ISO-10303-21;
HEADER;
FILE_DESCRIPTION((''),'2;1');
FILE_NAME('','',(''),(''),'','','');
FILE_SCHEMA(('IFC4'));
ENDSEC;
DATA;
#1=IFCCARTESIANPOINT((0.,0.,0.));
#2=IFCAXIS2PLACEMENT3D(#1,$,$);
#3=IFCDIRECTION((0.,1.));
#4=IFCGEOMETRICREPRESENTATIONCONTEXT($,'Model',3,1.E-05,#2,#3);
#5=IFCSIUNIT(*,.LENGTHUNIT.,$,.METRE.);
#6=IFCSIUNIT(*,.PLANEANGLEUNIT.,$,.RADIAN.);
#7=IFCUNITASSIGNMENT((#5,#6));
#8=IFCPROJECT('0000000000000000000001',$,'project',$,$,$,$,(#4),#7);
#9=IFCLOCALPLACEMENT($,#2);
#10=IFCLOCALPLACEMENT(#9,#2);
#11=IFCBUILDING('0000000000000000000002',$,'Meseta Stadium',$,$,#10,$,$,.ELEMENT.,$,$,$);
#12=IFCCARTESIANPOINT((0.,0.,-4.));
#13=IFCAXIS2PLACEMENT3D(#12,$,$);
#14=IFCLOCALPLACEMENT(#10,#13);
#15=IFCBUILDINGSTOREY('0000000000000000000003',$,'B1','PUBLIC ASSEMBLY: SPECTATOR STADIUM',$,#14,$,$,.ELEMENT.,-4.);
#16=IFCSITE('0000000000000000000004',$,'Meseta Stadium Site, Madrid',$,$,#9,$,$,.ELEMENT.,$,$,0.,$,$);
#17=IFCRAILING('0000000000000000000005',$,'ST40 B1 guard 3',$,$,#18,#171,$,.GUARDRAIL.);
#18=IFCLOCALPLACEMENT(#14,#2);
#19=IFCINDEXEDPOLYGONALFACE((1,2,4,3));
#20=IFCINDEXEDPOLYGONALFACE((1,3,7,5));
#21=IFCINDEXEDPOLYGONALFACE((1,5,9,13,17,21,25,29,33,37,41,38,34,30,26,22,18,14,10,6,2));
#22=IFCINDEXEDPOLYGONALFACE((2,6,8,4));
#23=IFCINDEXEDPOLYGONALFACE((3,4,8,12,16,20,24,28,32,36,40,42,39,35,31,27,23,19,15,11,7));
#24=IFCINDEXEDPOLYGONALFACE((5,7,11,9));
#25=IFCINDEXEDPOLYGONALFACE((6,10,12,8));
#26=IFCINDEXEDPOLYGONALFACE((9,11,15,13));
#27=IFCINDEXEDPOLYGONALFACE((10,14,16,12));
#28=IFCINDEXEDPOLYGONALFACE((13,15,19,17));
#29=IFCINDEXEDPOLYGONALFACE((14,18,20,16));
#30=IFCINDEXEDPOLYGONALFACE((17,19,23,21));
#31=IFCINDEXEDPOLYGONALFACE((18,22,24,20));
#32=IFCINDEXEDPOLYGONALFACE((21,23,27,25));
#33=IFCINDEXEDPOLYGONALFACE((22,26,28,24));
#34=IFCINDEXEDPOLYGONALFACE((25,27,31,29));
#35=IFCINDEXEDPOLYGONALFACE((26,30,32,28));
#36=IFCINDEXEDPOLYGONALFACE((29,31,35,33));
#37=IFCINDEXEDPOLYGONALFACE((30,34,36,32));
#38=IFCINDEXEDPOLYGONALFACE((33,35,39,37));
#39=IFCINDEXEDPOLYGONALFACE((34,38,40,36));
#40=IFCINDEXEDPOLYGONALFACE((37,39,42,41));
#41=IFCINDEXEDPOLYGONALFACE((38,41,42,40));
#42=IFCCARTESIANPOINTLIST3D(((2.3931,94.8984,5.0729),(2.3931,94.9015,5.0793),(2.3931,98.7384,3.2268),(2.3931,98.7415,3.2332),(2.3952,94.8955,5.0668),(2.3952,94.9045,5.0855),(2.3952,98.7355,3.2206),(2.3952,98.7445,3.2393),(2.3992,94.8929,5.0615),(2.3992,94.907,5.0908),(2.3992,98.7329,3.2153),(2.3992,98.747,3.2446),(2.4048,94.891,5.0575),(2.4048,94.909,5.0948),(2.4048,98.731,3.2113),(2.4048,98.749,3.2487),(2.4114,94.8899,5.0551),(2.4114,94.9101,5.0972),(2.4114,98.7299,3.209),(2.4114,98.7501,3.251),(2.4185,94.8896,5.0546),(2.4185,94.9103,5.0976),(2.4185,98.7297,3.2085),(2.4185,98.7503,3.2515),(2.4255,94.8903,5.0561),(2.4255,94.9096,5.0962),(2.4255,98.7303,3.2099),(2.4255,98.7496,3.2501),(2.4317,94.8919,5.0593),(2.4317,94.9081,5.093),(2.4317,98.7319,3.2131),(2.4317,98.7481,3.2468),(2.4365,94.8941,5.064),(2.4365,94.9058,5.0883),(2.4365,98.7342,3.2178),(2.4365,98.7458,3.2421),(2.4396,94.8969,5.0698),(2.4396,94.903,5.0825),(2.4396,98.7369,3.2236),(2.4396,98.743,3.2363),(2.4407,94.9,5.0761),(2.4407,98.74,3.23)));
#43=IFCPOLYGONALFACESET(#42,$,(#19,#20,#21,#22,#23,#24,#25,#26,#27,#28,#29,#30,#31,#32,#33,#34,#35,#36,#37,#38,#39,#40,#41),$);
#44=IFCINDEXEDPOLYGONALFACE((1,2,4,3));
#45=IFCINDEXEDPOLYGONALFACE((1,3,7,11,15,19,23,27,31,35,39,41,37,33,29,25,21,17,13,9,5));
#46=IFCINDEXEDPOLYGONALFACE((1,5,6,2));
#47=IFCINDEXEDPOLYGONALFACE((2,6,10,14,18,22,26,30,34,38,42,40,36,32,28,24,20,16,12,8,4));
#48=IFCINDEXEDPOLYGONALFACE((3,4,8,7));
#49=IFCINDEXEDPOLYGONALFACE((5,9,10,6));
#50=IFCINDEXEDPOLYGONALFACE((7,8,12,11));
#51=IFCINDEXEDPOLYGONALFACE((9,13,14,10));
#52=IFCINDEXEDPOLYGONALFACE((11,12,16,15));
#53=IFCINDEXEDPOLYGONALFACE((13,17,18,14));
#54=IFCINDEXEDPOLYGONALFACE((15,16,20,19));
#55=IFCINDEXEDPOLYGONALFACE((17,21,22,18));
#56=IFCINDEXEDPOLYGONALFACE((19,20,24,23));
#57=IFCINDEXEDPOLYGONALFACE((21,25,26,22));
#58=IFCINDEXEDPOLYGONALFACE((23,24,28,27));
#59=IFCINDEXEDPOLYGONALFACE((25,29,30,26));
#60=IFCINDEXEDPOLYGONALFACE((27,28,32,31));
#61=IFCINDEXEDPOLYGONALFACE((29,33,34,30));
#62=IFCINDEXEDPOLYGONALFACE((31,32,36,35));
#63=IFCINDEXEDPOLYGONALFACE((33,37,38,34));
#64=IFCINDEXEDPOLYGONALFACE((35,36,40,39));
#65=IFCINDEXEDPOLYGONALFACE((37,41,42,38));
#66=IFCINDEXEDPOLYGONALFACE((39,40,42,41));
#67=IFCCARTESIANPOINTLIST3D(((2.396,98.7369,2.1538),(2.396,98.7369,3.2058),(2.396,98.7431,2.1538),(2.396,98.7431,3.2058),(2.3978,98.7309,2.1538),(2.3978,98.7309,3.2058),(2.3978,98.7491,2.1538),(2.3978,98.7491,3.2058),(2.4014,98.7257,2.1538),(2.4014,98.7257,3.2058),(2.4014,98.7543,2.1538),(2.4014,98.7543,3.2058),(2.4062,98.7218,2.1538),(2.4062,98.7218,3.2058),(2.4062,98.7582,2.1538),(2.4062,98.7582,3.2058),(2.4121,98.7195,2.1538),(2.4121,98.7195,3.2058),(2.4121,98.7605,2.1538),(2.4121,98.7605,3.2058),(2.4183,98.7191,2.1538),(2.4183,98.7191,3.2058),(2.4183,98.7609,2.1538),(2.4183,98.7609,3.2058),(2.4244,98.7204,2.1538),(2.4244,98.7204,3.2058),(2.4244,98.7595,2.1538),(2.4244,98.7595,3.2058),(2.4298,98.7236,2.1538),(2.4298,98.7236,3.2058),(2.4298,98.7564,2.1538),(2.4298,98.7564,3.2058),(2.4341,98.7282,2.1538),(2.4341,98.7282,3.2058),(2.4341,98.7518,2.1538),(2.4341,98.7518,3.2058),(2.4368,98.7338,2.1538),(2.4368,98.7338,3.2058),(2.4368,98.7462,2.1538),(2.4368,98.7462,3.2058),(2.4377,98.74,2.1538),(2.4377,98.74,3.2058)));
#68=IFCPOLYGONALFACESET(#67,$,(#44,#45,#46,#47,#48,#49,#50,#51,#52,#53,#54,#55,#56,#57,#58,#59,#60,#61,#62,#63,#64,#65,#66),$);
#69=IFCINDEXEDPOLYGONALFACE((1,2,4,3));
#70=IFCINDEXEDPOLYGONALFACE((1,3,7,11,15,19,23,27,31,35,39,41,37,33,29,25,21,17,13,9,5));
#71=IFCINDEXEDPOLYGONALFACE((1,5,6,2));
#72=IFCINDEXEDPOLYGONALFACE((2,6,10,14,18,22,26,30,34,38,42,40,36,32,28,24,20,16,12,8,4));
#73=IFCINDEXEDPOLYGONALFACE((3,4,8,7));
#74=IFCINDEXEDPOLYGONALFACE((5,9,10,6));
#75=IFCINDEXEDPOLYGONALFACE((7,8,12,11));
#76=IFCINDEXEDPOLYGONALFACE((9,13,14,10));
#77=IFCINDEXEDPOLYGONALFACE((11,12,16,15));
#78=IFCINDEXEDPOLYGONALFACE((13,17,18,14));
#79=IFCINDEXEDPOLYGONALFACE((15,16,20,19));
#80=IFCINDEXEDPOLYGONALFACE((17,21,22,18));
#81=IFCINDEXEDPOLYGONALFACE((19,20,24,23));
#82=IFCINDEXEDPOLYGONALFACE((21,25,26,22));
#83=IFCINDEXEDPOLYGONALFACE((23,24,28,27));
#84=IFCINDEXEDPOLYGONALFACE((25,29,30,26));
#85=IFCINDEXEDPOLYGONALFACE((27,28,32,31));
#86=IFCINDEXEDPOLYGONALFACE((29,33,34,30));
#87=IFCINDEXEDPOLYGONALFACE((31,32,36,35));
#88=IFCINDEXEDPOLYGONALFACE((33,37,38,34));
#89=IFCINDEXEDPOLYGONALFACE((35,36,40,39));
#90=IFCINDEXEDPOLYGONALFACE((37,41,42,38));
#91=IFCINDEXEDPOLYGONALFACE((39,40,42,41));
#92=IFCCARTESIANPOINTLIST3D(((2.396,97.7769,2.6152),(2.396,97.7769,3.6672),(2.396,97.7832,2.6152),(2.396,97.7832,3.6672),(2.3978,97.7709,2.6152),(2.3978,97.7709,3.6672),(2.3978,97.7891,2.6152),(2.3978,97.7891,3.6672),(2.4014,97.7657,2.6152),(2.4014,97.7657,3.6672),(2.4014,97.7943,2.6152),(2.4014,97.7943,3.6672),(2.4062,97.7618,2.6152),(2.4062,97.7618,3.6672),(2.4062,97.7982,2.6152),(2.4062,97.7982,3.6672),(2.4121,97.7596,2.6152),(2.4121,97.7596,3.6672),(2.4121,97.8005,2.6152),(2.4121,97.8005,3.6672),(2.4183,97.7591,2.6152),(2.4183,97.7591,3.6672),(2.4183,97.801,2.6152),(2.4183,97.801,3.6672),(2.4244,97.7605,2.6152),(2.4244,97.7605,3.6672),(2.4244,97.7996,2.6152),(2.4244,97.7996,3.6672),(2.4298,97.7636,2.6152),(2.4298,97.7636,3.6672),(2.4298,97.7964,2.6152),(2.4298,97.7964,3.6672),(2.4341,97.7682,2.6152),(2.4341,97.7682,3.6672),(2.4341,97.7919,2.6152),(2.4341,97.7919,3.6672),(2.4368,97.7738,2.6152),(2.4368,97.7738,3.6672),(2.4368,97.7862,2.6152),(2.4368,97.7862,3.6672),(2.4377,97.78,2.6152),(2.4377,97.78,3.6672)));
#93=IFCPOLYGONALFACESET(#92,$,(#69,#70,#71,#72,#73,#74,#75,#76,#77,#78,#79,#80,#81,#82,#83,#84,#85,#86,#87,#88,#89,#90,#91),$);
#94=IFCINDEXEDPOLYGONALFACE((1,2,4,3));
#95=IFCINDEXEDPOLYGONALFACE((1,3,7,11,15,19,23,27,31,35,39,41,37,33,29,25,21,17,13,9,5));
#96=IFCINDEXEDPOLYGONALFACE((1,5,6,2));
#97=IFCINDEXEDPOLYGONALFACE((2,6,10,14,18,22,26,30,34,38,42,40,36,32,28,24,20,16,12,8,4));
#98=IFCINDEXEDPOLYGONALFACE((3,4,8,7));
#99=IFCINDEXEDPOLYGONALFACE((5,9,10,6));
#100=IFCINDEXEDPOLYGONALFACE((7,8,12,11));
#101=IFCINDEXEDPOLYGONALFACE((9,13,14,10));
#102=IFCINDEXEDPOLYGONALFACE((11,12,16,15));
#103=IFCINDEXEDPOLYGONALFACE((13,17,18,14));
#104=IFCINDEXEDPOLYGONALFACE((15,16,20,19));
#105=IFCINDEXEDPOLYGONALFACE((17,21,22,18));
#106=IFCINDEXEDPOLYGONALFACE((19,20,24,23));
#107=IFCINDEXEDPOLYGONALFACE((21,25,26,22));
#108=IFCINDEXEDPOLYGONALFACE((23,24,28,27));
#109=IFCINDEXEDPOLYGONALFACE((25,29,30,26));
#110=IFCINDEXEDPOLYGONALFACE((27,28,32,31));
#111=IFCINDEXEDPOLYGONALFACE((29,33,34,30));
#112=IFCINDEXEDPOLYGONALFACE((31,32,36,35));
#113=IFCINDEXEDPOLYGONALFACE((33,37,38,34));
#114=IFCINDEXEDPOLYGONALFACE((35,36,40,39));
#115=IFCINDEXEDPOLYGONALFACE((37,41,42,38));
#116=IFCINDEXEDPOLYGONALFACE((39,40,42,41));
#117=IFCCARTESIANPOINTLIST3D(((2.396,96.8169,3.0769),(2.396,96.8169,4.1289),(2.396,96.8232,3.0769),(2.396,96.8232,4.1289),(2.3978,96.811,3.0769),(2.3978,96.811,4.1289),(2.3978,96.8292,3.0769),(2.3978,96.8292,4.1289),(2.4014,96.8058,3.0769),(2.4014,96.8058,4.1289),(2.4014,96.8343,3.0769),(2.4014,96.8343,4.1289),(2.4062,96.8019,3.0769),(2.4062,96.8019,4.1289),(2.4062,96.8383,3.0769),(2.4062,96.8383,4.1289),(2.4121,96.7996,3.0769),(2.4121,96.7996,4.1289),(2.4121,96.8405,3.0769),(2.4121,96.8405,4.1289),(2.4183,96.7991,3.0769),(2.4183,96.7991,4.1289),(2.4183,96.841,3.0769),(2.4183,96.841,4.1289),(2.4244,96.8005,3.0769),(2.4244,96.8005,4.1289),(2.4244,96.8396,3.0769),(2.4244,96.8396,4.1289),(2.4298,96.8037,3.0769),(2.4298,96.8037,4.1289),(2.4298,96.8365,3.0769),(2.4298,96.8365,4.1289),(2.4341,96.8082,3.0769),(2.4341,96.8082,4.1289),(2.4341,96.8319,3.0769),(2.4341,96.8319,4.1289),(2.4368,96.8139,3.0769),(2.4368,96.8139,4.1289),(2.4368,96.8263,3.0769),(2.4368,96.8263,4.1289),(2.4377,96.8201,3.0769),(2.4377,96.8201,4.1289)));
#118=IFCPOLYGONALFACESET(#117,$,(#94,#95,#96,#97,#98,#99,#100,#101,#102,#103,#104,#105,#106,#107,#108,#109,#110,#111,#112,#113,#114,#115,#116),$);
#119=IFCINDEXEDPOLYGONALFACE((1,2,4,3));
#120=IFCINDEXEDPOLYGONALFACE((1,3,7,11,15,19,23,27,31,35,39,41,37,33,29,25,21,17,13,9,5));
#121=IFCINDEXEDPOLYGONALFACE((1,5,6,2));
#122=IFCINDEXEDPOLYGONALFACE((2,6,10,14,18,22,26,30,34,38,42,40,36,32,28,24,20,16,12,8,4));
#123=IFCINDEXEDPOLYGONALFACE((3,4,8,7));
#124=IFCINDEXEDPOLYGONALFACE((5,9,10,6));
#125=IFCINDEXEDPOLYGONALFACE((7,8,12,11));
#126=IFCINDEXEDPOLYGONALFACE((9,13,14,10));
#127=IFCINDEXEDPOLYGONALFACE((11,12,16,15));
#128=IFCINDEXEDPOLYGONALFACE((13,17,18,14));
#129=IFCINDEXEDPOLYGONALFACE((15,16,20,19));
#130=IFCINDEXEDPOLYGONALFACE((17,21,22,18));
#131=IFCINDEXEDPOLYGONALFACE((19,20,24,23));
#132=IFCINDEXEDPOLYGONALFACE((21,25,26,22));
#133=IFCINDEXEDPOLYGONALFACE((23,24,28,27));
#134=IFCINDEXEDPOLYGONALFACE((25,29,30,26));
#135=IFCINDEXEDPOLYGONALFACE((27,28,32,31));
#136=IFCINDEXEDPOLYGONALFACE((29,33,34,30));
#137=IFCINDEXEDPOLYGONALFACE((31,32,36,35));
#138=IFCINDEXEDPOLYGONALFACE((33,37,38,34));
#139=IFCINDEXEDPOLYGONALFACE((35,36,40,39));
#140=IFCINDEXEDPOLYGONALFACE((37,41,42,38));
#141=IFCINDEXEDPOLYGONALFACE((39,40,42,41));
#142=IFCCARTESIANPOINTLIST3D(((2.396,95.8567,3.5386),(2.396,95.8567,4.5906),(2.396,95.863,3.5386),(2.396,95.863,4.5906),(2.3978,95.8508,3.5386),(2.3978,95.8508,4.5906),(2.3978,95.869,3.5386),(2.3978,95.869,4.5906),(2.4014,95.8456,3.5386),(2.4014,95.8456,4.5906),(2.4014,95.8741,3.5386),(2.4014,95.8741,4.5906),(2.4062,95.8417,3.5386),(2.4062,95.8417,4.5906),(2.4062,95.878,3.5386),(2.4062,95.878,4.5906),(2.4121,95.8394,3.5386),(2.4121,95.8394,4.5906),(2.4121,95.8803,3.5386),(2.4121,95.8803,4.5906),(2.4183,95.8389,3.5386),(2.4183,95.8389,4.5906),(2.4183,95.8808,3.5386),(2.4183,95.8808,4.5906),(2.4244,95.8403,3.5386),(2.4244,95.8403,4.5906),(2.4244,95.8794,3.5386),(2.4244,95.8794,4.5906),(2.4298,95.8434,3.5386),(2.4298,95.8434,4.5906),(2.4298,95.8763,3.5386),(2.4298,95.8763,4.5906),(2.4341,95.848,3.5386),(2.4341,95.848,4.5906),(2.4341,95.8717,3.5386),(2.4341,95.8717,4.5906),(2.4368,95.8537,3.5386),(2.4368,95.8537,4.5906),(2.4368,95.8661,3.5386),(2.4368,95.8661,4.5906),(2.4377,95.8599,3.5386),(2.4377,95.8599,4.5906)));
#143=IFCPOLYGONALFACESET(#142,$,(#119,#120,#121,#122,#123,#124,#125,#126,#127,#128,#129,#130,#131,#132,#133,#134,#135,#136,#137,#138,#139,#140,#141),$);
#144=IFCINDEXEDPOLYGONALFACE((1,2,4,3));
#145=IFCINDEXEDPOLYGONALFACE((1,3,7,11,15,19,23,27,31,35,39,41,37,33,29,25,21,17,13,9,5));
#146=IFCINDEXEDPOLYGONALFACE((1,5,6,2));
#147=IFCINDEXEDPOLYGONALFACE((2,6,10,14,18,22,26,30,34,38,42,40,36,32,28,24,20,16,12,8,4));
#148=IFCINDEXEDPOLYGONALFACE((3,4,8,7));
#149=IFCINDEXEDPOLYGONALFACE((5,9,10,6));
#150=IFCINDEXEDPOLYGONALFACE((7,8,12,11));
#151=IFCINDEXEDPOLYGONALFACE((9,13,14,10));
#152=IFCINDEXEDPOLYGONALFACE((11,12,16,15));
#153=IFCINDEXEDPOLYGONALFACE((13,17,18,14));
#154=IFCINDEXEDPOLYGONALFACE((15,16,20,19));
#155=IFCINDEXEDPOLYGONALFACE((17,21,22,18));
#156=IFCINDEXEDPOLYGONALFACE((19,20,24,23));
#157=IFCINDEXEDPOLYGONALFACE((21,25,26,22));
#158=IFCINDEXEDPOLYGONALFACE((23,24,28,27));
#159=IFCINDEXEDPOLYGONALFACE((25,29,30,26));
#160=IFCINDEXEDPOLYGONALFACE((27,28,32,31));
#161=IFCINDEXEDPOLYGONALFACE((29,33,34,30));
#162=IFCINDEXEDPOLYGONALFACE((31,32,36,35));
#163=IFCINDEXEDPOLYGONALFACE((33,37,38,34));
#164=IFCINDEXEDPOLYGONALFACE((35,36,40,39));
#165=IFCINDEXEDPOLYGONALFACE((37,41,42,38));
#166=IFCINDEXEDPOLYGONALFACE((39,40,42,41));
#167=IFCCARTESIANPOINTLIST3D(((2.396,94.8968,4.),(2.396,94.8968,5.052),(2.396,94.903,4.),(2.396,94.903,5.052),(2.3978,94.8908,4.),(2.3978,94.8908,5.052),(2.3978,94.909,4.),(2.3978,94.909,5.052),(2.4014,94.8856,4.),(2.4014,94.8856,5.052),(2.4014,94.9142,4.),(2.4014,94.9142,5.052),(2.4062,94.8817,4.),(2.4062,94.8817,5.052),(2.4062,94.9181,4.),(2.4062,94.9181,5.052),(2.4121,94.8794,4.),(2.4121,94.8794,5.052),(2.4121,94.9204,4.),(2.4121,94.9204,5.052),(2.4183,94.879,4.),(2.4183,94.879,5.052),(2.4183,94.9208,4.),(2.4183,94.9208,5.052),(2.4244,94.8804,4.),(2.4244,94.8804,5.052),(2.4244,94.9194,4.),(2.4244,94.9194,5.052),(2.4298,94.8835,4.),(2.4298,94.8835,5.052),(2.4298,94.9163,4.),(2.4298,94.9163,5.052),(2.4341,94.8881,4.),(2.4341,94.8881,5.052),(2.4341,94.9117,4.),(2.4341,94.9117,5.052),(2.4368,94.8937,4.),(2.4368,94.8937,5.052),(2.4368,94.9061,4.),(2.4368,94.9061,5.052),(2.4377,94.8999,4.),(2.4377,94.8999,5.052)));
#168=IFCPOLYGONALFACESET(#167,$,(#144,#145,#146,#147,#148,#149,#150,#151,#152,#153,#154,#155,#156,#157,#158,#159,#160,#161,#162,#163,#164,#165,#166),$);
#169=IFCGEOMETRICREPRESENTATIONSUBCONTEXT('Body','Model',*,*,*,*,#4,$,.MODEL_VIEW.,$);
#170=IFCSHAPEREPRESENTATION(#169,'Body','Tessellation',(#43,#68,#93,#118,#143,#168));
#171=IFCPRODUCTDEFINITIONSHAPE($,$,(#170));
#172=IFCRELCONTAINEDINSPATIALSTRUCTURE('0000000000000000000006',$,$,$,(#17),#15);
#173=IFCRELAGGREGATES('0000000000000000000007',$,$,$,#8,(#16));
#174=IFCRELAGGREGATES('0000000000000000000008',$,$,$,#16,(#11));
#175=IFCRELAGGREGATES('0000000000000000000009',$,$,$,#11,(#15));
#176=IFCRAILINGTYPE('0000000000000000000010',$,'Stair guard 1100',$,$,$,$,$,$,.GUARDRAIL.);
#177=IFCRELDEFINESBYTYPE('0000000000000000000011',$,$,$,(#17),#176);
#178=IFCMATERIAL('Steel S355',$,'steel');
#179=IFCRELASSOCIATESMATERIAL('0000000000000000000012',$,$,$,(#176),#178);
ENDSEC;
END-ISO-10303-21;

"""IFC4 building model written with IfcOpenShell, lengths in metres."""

from ifc_helpers import new_model, si_unit, direction, frame, origin, origin_2d, place, context, subcontext, project, spatial, circle, extrude, material, type_object, element, save


model = new_model("IFC4")

# Units and contexts
model_context = context("Model", 3, precision=1e-05, world=origin(), true_north=direction((0.0, 1.0)))
body_context = subcontext(model_context, "Body", "Model", "MODEL_VIEW")
ifc_project = project(units=[si_unit("LENGTHUNIT", "METRE"), si_unit("PLANEANGLEUNIT", "RADIAN")], contexts=[model_context])

# Site, building, storey
site_placement = place(None, origin())
site = spatial("IfcSite", under=ifc_project, at=site_placement, Name="Meseta Stadium Site, Madrid", CompositionType="ELEMENT", RefElevation=0.0)
building_placement = place(site_placement, origin())
building = spatial("IfcBuilding", under=site, at=building_placement, Name="Meseta Stadium", CompositionType="ELEMENT")
storey_placement = place(building_placement, frame((0.0, 0.0, -4.0)))
storey = spatial("IfcBuildingStorey", under=building, at=storey_placement, Name="B1", Description="PUBLIC ASSEMBLY: SPECTATOR STADIUM", CompositionType="ELEMENT", Elevation=-4.0)

# Railing
ifc_material_1 = material(Name="Steel S355", Category="steel")
railing_type_1 = type_object("IfcRailingType", Name="Stair guard 1100", PredefinedType="GUARDRAIL", material=ifc_material_1)
railing_1_placement = place(storey_placement, frame((2.4167, 98.74, 2.1538)))
element("IfcRailing", 1, at=railing_1_placement, inside=storey, type_object=railing_type_1, Name="ST40 B1 guard 3", PredefinedType="GUARDRAIL", context=body_context, shape_type="SweptSolid", body=[
    extrude(circle(Radius=0.0239, at=origin_2d()), frame((0.0, 0.0, 1.0762), z_axis=(0.0, -0.901253, 0.433294), x_axis=(1.0, 0.0, 0.0)), (0.0, 0.0, 1.0), 4.2607),
    extrude(circle(Radius=0.021, at=origin_2d()), origin(), (0.0, 0.0, 1.0), 1.052),
    extrude(circle(Radius=0.021, at=origin_2d()), frame((0.0, -0.96, 0.4614)), (0.0, 0.0, 1.0), 1.052),
    extrude(circle(Radius=0.021, at=origin_2d()), frame((0.0, -1.9199, 0.9231)), (0.0, 0.0, 1.0), 1.052),
    extrude(circle(Radius=0.021, at=origin_2d()), frame((0.0, -2.8801, 1.3848)), (0.0, 0.0, 1.0), 1.052),
    extrude(circle(Radius=0.021, at=origin_2d()), frame((0.0, -3.8401, 1.8462)), (0.0, 0.0, 1.0), 1.052),
])

save(model, "model.ifc")
